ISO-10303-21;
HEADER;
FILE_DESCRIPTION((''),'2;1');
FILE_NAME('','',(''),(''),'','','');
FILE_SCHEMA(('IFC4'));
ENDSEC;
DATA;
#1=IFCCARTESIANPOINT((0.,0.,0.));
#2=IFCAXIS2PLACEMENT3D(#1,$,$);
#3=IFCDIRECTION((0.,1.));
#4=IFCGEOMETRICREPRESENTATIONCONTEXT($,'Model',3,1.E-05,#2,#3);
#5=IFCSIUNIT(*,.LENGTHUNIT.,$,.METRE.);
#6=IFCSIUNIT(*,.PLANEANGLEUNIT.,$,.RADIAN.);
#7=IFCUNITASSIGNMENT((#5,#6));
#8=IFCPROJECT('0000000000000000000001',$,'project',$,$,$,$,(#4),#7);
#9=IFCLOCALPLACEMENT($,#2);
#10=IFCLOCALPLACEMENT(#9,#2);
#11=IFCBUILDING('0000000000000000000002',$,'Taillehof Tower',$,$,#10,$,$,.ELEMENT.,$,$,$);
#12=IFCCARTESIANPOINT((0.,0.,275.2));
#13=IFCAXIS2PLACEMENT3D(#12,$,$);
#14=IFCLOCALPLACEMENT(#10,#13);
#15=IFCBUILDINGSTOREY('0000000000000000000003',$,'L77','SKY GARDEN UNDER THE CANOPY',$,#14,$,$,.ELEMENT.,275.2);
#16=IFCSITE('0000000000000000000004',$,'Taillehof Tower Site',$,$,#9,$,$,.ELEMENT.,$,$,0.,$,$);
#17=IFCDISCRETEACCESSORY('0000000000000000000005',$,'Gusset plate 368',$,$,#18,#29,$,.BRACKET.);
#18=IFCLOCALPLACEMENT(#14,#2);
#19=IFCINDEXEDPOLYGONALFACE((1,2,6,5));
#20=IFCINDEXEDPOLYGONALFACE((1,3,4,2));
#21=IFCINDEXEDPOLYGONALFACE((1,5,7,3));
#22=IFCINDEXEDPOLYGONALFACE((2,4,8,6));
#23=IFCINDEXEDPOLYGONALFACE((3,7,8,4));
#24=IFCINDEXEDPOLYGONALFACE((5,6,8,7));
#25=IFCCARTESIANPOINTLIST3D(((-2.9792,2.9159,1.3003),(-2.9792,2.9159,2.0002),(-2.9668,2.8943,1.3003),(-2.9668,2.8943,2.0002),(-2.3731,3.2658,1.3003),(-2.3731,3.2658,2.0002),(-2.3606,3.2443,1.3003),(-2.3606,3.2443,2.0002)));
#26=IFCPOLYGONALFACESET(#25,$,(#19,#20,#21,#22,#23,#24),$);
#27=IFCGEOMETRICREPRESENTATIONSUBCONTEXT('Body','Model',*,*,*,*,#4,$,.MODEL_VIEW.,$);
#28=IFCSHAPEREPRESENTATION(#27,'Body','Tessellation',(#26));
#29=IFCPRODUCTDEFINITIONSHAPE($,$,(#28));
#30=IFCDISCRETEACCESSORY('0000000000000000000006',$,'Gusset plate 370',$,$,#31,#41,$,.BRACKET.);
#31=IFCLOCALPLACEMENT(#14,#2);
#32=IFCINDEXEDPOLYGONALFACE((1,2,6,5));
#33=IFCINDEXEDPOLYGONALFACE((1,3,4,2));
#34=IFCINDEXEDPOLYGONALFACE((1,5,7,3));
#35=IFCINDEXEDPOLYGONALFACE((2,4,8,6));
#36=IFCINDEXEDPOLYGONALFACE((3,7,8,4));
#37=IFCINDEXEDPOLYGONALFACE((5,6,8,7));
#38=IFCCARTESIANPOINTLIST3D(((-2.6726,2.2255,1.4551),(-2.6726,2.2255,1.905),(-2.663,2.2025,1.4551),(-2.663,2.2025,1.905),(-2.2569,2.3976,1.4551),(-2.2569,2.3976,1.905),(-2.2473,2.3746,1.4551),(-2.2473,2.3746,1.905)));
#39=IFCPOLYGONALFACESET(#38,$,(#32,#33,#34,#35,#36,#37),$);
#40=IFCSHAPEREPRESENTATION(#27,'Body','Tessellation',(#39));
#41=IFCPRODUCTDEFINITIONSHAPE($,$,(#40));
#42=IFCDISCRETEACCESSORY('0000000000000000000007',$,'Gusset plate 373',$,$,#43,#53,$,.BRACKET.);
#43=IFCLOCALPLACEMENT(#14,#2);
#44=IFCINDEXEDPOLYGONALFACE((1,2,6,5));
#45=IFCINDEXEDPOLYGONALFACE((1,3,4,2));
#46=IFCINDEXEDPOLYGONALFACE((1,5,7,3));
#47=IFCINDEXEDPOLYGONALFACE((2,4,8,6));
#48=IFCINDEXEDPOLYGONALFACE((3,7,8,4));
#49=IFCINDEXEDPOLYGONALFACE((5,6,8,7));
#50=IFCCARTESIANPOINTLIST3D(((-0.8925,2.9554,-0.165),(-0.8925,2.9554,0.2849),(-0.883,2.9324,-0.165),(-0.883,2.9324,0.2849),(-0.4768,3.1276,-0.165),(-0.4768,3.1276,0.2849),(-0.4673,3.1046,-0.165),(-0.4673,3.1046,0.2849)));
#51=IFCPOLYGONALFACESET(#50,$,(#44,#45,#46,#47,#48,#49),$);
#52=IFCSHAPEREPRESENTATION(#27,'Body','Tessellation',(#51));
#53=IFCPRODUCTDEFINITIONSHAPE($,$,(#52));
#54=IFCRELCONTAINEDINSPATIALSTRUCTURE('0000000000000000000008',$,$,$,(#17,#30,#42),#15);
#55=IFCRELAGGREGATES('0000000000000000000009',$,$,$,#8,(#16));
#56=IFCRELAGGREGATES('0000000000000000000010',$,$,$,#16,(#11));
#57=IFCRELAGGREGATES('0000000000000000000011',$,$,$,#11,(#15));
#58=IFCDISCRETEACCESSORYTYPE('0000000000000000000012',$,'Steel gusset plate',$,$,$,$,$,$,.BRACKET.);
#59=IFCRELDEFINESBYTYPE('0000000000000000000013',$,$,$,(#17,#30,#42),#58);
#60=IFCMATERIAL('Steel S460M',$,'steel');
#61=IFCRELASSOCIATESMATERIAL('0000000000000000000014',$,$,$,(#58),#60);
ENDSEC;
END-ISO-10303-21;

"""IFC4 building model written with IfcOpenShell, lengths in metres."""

from ifc_helpers import new_model, si_unit, direction, frame, origin, origin_2d, place, context, subcontext, project, spatial, rectangle, extrude, material, type_object, element, save


model = new_model("IFC4")

# Units and contexts
model_context = context("Model", 3, precision=1e-05, world=origin(), true_north=direction((0.0, 1.0)))
body_context = subcontext(model_context, "Body", "Model", "MODEL_VIEW")
ifc_project = project(units=[si_unit("LENGTHUNIT", "METRE"), si_unit("PLANEANGLEUNIT", "RADIAN")], contexts=[model_context])

# Site, building, storey
site_placement = place(None, origin())
site = spatial("IfcSite", under=ifc_project, at=site_placement, Name="Taillehof Tower Site", CompositionType="ELEMENT", RefElevation=0.0)
building_placement = place(site_placement, origin())
building = spatial("IfcBuilding", under=site, at=building_placement, Name="Taillehof Tower", CompositionType="ELEMENT")
storey_placement = place(building_placement, frame((0.0, 0.0, 275.2)))
storey = spatial("IfcBuildingStorey", under=building, at=storey_placement, Name="L77", Description="SKY GARDEN UNDER THE CANOPY", CompositionType="ELEMENT", Elevation=275.2)

# Discrete accessories
ifc_material_1 = material(Name="Steel S460M", Category="steel")
discrete_accessory_type = type_object("IfcDiscreteAccessoryType", Name="Steel gusset plate", PredefinedType="BRACKET", material=ifc_material_1)
discrete_accessory_placement = place(storey_placement, frame((-2.6699, 3.0801, 1.3003), z_axis=(0.0, 0.0, 1.0), x_axis=(-0.866025, -0.5, 0.0)))
element("IfcDiscreteAccessory", 1, at=discrete_accessory_placement, inside=storey, type_object=discrete_accessory_type, Name="Gusset plate 368", PredefinedType="BRACKET", context=body_context, shape_type="SweptSolid", body=[
    extrude(rectangle(XDim=0.7, YDim=0.0249, at=origin_2d()), origin(), (0.0, 0.0, 1.0), 0.7),
])
for number, where, z_axis, x_axis, name in (
    (2, (-2.46, 2.3, 1.4551), (0.0, 0.0, 1.0), (-0.923879, -0.382685, 0.0), "Gusset plate 370"),
    (3, (-0.6799, 3.03, -0.165), (0.0, 0.0, 1.0), (-0.923879, -0.382685, 0.0), "Gusset plate 373"),
):
    element("IfcDiscreteAccessory", number, at=place(storey_placement, frame(where, z_axis=z_axis, x_axis=x_axis)), inside=storey, type_object=discrete_accessory_type, Name=name, PredefinedType="BRACKET", context=body_context, shape_type="SweptSolid", body=[
        extrude(rectangle(XDim=0.45, YDim=0.0249, at=origin_2d()), origin(), (0.0, 0.0, 1.0), 0.45),
    ])

save(model, "model.ifc")
